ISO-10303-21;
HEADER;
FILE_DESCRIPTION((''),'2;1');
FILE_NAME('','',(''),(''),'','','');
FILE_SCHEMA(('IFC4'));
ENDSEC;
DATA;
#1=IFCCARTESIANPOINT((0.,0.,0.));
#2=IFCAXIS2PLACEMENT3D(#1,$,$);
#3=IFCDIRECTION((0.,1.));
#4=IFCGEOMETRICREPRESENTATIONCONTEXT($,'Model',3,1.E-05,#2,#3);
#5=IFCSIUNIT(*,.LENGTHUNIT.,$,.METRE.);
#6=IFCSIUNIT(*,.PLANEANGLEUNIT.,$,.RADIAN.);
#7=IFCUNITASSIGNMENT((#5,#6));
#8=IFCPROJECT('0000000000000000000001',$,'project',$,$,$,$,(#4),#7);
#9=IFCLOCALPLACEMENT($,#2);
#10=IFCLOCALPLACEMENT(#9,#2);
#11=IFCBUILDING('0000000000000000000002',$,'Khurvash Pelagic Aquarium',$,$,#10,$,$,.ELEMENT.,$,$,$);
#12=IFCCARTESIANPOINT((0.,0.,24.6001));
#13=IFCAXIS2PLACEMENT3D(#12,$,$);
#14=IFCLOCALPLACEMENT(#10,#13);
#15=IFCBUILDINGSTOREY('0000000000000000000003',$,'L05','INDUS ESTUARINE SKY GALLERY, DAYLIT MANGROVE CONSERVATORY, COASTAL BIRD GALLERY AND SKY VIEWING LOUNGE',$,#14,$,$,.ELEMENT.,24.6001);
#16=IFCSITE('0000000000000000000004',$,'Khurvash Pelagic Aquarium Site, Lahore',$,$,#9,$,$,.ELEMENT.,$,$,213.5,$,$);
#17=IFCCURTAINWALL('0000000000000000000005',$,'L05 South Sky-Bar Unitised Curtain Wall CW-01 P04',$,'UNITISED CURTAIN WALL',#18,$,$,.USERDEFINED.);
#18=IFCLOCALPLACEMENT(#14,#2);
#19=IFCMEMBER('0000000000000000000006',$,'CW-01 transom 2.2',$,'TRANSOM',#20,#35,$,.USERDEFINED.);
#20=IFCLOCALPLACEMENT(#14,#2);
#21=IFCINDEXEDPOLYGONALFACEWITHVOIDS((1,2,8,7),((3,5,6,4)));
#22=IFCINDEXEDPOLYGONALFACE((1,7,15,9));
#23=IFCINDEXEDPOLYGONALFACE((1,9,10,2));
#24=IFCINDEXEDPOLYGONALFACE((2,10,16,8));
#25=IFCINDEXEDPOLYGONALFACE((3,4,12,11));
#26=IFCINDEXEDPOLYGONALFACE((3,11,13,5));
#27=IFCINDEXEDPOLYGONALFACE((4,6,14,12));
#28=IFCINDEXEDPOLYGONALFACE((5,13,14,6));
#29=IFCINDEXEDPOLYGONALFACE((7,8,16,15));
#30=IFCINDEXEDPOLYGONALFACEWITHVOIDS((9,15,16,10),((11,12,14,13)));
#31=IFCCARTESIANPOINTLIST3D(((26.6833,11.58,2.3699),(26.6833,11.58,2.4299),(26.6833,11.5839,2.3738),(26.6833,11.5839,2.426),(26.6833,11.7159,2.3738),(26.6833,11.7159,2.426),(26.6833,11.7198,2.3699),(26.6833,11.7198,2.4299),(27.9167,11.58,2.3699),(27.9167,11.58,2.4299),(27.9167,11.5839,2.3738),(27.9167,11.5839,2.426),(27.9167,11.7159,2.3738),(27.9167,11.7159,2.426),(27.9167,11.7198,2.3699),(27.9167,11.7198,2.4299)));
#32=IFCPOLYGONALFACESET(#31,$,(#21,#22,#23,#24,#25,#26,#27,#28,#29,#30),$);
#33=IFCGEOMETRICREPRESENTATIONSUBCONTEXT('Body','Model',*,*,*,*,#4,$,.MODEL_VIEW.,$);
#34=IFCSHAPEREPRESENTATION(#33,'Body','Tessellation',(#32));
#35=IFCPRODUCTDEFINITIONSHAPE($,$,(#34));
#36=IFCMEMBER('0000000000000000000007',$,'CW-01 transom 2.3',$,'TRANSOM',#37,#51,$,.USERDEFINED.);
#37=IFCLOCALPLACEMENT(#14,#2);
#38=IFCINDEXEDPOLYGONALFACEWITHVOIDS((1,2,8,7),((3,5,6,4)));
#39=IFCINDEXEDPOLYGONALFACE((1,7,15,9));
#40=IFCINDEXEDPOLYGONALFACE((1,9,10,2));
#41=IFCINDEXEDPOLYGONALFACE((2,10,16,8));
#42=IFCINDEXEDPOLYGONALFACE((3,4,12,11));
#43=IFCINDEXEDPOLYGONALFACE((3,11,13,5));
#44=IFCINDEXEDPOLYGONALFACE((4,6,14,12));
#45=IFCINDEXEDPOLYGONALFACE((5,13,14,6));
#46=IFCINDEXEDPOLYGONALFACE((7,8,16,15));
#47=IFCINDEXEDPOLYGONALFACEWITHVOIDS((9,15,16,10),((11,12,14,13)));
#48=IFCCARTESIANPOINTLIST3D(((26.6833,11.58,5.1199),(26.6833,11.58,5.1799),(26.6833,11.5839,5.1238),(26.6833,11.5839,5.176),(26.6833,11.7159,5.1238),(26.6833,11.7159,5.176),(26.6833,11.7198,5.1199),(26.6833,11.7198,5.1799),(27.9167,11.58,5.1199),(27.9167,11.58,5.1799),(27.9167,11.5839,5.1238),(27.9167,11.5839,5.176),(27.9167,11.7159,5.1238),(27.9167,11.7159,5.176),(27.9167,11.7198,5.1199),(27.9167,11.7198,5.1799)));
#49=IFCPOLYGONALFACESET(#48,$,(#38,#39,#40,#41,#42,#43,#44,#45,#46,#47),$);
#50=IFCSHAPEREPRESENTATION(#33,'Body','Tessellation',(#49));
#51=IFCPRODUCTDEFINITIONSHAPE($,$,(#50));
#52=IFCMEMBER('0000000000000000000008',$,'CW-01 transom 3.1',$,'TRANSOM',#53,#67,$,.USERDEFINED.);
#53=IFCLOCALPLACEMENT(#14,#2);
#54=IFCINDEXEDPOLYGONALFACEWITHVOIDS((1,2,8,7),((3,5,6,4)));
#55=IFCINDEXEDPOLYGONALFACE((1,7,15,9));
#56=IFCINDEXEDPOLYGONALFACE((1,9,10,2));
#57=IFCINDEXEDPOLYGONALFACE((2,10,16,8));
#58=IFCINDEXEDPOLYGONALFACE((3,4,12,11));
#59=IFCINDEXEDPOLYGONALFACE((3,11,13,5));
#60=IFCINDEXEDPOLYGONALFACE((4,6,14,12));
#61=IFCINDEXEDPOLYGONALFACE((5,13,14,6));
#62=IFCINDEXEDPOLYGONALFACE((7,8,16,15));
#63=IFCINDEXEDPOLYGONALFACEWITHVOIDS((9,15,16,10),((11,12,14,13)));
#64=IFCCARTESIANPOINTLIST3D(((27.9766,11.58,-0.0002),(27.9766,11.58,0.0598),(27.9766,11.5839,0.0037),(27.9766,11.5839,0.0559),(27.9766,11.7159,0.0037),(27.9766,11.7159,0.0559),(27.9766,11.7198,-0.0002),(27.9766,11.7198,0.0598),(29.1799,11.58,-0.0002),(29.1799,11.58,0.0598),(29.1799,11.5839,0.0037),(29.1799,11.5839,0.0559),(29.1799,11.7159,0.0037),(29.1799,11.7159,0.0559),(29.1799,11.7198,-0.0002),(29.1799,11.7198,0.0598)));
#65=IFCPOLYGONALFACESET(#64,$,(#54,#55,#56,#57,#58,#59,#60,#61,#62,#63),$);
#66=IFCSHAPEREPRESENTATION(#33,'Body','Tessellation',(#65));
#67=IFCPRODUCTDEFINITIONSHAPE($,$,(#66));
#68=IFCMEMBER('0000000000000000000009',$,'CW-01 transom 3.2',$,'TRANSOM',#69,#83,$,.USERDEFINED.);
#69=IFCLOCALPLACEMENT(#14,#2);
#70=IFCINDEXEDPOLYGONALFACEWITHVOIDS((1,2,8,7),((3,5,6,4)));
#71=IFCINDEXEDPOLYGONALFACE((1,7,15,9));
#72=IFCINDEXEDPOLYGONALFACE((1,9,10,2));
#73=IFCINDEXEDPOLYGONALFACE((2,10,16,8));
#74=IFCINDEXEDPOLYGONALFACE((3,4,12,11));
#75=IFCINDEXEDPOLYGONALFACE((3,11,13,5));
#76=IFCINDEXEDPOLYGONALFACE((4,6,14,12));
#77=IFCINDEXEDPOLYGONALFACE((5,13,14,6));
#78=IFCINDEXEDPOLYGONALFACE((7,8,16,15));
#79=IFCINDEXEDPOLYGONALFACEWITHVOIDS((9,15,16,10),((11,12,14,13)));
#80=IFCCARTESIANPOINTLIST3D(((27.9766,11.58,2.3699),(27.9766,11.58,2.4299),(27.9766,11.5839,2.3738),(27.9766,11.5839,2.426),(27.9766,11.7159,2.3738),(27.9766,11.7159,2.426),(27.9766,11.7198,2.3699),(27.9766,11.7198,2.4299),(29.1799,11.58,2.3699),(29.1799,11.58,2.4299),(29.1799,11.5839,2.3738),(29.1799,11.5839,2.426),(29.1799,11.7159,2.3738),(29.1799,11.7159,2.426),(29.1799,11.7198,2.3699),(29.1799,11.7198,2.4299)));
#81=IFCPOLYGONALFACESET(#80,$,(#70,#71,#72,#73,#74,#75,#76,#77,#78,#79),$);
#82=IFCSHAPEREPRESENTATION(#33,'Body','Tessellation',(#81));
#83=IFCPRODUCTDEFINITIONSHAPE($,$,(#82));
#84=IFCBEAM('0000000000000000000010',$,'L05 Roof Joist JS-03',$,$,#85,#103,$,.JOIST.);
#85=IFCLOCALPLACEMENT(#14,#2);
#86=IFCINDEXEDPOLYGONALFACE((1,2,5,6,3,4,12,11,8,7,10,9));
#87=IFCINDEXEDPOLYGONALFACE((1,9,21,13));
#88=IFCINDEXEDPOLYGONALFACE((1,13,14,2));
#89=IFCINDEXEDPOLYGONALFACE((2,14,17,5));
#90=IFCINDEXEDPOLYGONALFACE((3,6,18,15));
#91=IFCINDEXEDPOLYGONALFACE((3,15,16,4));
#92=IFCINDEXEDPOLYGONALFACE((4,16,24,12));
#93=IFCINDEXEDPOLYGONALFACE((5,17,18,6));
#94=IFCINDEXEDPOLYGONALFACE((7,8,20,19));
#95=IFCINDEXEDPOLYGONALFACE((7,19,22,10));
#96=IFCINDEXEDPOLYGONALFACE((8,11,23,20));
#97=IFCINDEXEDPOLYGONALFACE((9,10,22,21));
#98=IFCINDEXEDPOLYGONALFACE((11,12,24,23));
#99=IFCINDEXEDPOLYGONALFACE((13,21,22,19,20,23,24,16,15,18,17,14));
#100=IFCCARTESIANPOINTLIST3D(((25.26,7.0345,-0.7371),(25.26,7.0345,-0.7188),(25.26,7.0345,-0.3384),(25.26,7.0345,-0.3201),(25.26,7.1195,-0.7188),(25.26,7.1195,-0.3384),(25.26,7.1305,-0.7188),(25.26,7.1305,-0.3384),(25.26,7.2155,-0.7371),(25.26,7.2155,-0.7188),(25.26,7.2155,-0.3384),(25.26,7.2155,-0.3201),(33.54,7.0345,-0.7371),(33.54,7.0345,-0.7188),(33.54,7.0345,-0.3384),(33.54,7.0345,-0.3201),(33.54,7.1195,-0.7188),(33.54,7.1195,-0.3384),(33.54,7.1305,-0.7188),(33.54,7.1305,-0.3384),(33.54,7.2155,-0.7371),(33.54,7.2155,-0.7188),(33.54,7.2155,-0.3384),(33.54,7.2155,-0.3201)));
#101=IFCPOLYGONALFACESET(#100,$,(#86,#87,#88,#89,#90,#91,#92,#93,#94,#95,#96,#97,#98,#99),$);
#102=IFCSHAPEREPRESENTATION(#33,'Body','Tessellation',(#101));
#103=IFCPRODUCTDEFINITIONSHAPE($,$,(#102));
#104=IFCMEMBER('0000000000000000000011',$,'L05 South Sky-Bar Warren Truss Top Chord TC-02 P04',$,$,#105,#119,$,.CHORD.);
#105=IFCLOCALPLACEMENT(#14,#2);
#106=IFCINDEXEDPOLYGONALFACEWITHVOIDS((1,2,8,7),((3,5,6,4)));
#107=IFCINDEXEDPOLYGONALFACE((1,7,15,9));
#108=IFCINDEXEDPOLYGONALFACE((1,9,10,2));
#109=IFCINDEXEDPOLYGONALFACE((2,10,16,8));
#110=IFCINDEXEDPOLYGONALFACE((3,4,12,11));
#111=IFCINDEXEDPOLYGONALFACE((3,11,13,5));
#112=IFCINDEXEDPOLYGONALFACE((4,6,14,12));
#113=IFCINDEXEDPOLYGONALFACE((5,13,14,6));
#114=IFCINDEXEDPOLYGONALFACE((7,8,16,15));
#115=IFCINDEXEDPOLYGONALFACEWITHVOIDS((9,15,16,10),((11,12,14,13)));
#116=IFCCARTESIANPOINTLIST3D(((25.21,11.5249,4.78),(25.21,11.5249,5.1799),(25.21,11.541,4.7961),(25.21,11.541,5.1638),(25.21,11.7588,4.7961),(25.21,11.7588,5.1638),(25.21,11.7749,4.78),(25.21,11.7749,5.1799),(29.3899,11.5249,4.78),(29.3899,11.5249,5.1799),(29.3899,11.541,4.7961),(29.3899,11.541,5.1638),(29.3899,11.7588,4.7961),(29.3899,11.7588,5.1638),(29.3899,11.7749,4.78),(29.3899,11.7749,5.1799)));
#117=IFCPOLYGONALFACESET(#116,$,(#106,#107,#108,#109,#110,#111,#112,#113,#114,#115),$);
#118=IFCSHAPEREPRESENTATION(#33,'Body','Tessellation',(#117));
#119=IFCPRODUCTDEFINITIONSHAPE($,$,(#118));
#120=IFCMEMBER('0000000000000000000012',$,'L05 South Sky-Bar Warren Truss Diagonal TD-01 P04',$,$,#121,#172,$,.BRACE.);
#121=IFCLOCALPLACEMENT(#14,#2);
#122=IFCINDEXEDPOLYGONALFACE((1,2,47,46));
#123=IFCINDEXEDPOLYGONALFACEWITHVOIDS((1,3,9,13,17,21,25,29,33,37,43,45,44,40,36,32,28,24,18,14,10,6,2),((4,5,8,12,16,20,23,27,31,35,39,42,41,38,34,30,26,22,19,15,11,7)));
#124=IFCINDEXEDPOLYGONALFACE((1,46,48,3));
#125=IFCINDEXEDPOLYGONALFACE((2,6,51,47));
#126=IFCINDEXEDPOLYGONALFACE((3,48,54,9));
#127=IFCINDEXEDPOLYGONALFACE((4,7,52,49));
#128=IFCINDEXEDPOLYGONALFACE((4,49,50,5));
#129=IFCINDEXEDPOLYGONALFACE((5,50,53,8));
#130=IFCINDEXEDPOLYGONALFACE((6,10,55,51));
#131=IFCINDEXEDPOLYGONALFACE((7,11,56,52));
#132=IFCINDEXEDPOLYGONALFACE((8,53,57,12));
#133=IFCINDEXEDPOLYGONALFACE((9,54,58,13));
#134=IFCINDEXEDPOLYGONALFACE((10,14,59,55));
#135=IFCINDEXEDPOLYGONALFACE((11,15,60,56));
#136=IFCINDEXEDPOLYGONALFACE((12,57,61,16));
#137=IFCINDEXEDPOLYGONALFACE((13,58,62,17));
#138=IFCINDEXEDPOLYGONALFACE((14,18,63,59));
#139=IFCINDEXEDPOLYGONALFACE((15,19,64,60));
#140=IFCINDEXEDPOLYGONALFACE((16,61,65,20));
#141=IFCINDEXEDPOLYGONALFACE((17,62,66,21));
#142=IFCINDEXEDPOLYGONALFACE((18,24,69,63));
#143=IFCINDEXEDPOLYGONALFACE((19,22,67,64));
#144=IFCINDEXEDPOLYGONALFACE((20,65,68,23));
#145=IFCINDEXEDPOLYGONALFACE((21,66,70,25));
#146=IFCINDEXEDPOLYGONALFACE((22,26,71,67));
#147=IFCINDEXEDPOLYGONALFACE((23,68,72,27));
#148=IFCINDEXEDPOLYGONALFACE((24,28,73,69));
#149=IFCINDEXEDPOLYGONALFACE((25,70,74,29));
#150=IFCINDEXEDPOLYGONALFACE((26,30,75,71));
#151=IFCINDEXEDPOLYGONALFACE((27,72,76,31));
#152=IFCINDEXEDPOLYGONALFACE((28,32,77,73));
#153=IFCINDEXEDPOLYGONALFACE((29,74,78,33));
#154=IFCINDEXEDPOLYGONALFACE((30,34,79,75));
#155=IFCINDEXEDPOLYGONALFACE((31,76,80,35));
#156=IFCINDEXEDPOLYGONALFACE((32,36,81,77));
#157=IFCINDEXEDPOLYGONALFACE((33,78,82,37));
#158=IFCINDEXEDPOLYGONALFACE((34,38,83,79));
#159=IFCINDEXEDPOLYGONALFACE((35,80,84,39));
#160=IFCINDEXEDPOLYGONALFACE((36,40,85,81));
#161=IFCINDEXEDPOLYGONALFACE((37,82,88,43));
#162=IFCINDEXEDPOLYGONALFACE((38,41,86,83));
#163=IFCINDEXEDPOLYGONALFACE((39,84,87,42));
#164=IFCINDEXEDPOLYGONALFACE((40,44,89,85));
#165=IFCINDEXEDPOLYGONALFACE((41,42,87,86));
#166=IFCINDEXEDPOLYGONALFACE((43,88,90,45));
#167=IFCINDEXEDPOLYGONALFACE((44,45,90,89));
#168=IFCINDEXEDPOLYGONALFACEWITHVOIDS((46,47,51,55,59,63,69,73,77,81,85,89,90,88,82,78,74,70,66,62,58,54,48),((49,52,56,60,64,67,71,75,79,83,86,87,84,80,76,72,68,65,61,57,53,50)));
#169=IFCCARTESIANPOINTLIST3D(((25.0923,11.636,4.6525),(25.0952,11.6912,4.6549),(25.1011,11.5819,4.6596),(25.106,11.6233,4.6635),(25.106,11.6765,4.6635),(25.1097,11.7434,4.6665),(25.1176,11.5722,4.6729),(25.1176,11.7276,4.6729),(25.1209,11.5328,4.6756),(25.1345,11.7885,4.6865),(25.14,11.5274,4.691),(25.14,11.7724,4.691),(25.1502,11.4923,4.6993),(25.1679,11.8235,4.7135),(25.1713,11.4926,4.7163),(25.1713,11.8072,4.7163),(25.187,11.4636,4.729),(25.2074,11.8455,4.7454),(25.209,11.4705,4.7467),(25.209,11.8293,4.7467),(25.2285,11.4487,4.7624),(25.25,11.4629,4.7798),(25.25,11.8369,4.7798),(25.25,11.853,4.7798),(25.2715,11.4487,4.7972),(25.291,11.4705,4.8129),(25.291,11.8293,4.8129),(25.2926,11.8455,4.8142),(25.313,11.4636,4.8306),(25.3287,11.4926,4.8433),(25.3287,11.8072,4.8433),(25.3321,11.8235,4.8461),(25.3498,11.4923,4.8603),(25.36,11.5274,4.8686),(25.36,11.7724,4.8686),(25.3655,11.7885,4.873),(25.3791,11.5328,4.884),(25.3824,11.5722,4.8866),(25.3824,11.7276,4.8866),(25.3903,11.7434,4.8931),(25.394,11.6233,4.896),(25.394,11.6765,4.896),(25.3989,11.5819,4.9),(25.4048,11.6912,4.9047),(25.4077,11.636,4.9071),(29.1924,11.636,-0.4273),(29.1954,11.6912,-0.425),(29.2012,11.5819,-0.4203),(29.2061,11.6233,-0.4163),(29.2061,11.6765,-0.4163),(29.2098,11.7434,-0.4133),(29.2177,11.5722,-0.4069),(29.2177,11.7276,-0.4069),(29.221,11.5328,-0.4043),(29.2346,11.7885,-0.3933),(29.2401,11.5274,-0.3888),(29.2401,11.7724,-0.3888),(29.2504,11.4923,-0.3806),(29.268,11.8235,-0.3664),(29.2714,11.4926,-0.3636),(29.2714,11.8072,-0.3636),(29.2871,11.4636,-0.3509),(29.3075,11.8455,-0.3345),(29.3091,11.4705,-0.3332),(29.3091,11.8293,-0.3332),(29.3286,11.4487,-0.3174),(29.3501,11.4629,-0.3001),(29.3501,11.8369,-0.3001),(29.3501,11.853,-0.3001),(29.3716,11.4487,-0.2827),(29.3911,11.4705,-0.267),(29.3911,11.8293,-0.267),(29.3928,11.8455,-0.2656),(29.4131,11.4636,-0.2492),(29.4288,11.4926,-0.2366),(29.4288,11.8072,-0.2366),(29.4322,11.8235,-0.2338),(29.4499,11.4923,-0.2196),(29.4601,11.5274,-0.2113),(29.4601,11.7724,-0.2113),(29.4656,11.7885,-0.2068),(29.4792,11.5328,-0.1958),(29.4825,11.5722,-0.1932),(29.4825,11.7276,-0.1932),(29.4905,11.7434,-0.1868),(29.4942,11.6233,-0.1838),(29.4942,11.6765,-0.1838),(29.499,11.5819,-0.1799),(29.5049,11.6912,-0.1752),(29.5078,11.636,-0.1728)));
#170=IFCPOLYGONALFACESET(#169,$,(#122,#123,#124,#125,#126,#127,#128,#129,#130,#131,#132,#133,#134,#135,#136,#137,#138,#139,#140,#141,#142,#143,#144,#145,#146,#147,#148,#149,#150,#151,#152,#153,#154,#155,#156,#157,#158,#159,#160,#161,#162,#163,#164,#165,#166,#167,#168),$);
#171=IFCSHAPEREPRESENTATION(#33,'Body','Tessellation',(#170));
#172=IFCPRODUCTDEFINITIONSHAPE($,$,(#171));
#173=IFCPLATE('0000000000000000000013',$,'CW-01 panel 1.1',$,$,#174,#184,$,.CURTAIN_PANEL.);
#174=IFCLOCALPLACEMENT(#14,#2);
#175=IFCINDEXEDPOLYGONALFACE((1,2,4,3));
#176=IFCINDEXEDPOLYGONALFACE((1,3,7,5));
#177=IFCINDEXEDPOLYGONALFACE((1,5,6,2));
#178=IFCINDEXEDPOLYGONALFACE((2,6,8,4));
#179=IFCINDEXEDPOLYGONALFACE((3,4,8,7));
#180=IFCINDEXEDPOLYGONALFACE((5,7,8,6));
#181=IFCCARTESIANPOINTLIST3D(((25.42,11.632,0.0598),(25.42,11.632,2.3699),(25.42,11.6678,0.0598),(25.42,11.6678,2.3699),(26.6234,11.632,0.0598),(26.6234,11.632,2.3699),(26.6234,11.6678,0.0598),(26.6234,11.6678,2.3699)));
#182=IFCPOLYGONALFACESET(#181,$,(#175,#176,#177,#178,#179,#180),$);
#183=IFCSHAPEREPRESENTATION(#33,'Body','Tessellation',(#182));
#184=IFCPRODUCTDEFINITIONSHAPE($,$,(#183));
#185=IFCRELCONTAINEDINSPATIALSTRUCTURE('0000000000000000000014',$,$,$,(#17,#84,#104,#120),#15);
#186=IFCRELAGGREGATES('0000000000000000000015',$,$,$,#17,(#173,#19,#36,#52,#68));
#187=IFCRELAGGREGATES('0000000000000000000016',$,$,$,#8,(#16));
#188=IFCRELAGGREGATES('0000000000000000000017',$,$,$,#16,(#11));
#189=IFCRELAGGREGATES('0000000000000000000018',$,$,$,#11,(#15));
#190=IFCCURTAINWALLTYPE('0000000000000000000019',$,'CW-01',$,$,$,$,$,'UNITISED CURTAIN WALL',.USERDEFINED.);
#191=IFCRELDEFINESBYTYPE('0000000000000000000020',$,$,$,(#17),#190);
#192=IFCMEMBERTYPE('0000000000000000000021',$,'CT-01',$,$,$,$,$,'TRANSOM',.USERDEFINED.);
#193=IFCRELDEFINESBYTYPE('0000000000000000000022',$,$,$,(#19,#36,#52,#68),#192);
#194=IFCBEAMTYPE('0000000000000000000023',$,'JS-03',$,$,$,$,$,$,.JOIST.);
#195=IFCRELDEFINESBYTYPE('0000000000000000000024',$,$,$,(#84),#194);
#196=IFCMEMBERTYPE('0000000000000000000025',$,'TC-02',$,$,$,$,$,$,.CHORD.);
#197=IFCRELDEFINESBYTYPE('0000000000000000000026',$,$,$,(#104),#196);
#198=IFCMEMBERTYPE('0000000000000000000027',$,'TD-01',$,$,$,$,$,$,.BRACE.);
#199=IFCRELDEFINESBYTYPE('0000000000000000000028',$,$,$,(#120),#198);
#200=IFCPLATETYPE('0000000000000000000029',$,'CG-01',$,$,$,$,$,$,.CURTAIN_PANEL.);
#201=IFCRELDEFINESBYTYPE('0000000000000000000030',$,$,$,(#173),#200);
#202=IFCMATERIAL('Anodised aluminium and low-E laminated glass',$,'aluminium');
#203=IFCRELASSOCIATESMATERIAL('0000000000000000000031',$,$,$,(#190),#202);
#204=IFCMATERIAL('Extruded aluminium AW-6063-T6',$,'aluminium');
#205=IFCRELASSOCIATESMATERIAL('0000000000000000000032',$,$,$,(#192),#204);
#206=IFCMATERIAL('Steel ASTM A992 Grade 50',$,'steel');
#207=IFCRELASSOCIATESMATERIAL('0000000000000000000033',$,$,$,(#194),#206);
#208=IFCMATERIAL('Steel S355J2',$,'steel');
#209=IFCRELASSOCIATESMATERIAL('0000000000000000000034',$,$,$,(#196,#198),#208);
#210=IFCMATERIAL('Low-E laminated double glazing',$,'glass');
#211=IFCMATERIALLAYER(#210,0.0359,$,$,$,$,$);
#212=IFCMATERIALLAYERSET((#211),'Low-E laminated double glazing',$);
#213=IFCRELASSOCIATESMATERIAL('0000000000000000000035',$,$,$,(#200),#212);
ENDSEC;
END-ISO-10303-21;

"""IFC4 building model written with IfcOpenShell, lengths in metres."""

from ifc_helpers import new_model, si_unit, direction, frame, origin, origin_2d, place, context, subcontext, project, spatial, rectangle, hollow_rectangle, hollow_circle, i_section, extrude, material, layer, layer_set, material_profile, profile_set, type_object, element, aggregate, save


model = new_model("IFC4")

# Units and contexts
model_context = context("Model", 3, precision=1e-05, world=origin(), true_north=direction((0.0, 1.0)))
body_context = subcontext(model_context, "Body", "Model", "MODEL_VIEW")
ifc_project = project(units=[si_unit("LENGTHUNIT", "METRE"), si_unit("PLANEANGLEUNIT", "RADIAN")], contexts=[model_context])

# Site, building, storey
site_placement = place(None, origin())
site = spatial("IfcSite", under=ifc_project, at=site_placement, Name="Khurvash Pelagic Aquarium Site, Lahore", CompositionType="ELEMENT", RefElevation=213.5)
building_placement = place(site_placement, origin())
building = spatial("IfcBuilding", under=site, at=building_placement, Name="Khurvash Pelagic Aquarium", CompositionType="ELEMENT")
storey_placement = place(building_placement, frame((0.0, 0.0, 24.6001)))
storey = spatial("IfcBuildingStorey", under=building, at=storey_placement, Name="L05", Description="INDUS ESTUARINE SKY GALLERY, DAYLIT MANGROVE CONSERVATORY, COASTAL BIRD GALLERY AND SKY VIEWING LOUNGE", CompositionType="ELEMENT", Elevation=24.6001)

# Shared definitions
ifc_material_1 = material(Name="Steel ASTM A992 Grade 50", Category="steel")

# Curtain wall, members
ifc_material_2 = material(Name="Anodised aluminium and low-E laminated glass", Category="aluminium")
curtain_wall_type = type_object("IfcCurtainWallType", Name="CW-01", ElementType="UNITISED CURTAIN WALL", PredefinedType="USERDEFINED", material=ifc_material_2)
curtain_wall_placement = place(storey_placement, origin())
curtain_wall = element("IfcCurtainWall", 1, at=curtain_wall_placement, inside=storey, type_object=curtain_wall_type, Name="L05 South Sky-Bar Unitised Curtain Wall CW-01 P04", ObjectType="UNITISED CURTAIN WALL", PredefinedType="USERDEFINED")
ifc_material_3 = material(Name="Extruded aluminium AW-6063-T6", Category="aluminium")
ifc_material_profile_1 = material_profile(ifc_material_3, hollow_rectangle(XDim=0.1399, YDim=0.0601, WallThickness=0.0039, at=origin_2d()), Name="CWT140X60X4")
ifc_profile_set_1 = profile_set([ifc_material_profile_1], Name="Extruded aluminium AW-6063-T6")
member_type_1 = type_object("IfcMemberType", Name="CT-01", ElementType="TRANSOM", PredefinedType="USERDEFINED", material=ifc_profile_set_1)
member_1_placement = place(storey_placement, frame((26.6833, 11.6499, 2.3999), z_axis=(1.0, 0.0, 0.0), x_axis=(0.0, 1.0, 0.0)))
member_1 = element("IfcMember", 2, at=member_1_placement, type_object=member_type_1, Name="CW-01 transom 2.2", ObjectType="TRANSOM", PredefinedType="USERDEFINED", context=body_context, shape_type="SweptSolid", body=[
    extrude(hollow_rectangle(XDim=0.1399, YDim=0.0601, WallThickness=0.0039, at=origin_2d()), origin(), (0.0, 0.0, 1.0), 1.2334),
])
member_2_placement = place(storey_placement, frame((26.6833, 11.6499, 5.1499), z_axis=(1.0, 0.0, 0.0), x_axis=(0.0, 1.0, 0.0)))
member_2 = element("IfcMember", 3, at=member_2_placement, type_object=member_type_1, Name="CW-01 transom 2.3", ObjectType="TRANSOM", PredefinedType="USERDEFINED", context=body_context, shape_type="SweptSolid", body=[
    extrude(hollow_rectangle(XDim=0.1399, YDim=0.0601, WallThickness=0.0039, at=origin_2d()), origin(), (0.0, 0.0, 1.0), 1.2334),
])
member_3_placement = place(storey_placement, frame((27.9766, 11.6499, 0.0298), z_axis=(1.0, 0.0, 0.0), x_axis=(0.0, 1.0, 0.0)))
member_3 = element("IfcMember", 4, at=member_3_placement, type_object=member_type_1, Name="CW-01 transom 3.1", ObjectType="TRANSOM", PredefinedType="USERDEFINED", context=body_context, shape_type="SweptSolid", body=[
    extrude(hollow_rectangle(XDim=0.1399, YDim=0.0601, WallThickness=0.0039, at=origin_2d()), origin(), (0.0, 0.0, 1.0), 1.2034),
])
member_4_placement = place(storey_placement, frame((27.9766, 11.6499, 2.3999), z_axis=(1.0, 0.0, 0.0), x_axis=(0.0, 1.0, 0.0)))
member_4 = element("IfcMember", 5, at=member_4_placement, type_object=member_type_1, Name="CW-01 transom 3.2", ObjectType="TRANSOM", PredefinedType="USERDEFINED", context=body_context, shape_type="SweptSolid", body=[
    extrude(hollow_rectangle(XDim=0.1399, YDim=0.0601, WallThickness=0.0039, at=origin_2d()), origin(), (0.0, 0.0, 1.0), 1.2034),
])

# Beam
ifc_material_profile_2 = material_profile(ifc_material_1, i_section(OverallWidth=0.1809, OverallDepth=0.417, WebThickness=0.011, FlangeThickness=0.0183, at=origin_2d()), Name="W16X57")
ifc_profile_set_2 = profile_set([ifc_material_profile_2], Name="Steel ASTM A992 Grade 50")
beam_type_1 = type_object("IfcBeamType", Name="JS-03", PredefinedType="JOIST", material=ifc_profile_set_2)
beam_1_placement = place(storey_placement, frame((25.26, 7.125, -0.5286), z_axis=(1.0, 0.0, 0.0), x_axis=(0.0, 1.0, 0.0)))
element("IfcBeam", 6, at=beam_1_placement, inside=storey, type_object=beam_type_1, Name="L05 Roof Joist JS-03", PredefinedType="JOIST", context=body_context, shape_type="SweptSolid", body=[
    extrude(i_section(OverallWidth=0.1809, OverallDepth=0.417, WebThickness=0.011, FlangeThickness=0.0183, at=origin_2d()), origin(), (0.0, 0.0, 1.0), 8.28),
])

# Members
ifc_material_4 = material(Name="Steel S355J2", Category="steel")
ifc_material_profile_3 = material_profile(ifc_material_4, hollow_rectangle(XDim=0.25, YDim=0.3999, WallThickness=0.0161, at=origin_2d()), Name="RHS400X250X16")
ifc_profile_set_3 = profile_set([ifc_material_profile_3], Name="Steel S355J2")
member_type_2 = type_object("IfcMemberType", Name="TC-02", PredefinedType="CHORD", material=ifc_profile_set_3)
member_5_placement = place(storey_placement, frame((25.21, 11.6499, 4.98), z_axis=(1.0, 0.0, 0.0), x_axis=(0.0, 1.0, 0.0)))
element("IfcMember", 7, at=member_5_placement, inside=storey, type_object=member_type_2, Name="L05 South Sky-Bar Warren Truss Top Chord TC-02 P04", PredefinedType="CHORD", context=body_context, shape_type="SweptSolid", body=[
    extrude(hollow_rectangle(XDim=0.25, YDim=0.3999, WallThickness=0.0161, at=origin_2d()), origin(), (0.0, 0.0, 1.0), 4.1799),
])
ifc_material_profile_4 = material_profile(ifc_material_4, hollow_circle(Radius=0.2031, WallThickness=0.0161, at=origin_2d()), Name="CHS406X16")
ifc_profile_set_4 = profile_set([ifc_material_profile_4], Name="Steel S355J2")
member_type_3 = type_object("IfcMemberType", Name="TD-01", PredefinedType="BRACE", material=ifc_profile_set_4)
member_6_placement = place(storey_placement, frame((25.25, 11.6499, 4.7798), z_axis=(0.628073, 0.0, -0.778154), x_axis=(0.0, 1.0, 0.0)))
element("IfcMember", 8, at=member_6_placement, inside=storey, type_object=member_type_3, Name="L05 South Sky-Bar Warren Truss Diagonal TD-01 P04", PredefinedType="BRACE", context=body_context, shape_type="SweptSolid", body=[
    extrude(hollow_circle(Radius=0.2031, WallThickness=0.0161, at=origin_2d()), origin(), (0.0, 0.0, 1.0), 6.5281),
])

# Plate
ifc_material_5 = material(Name="Low-E laminated double glazing", Category="glass")
ifc_layer_1 = layer(ifc_material_5, 0.0359)
ifc_layer_set_1 = layer_set([ifc_layer_1], Name="Low-E laminated double glazing")
plate_type = type_object("IfcPlateType", Name="CG-01", PredefinedType="CURTAIN_PANEL", material=ifc_layer_set_1)
plate_1_placement = place(storey_placement, frame((26.0217, 11.6499, 0.0598), z_axis=(0.0, 0.0, 1.0), x_axis=(1.0, 0.0, 0.0)))
plate_1 = element("IfcPlate", 9, at=plate_1_placement, type_object=plate_type, Name="CW-01 panel 1.1", PredefinedType="CURTAIN_PANEL", context=body_context, shape_type="SweptSolid", body=[
    extrude(rectangle(XDim=1.2034, YDim=0.0359, at=origin_2d()), origin(), (0.0, 0.0, 1.0), 2.3101),
])
aggregate(curtain_wall, [plate_1, member_1, member_2, member_3, member_4])

save(model, "model.ifc")
